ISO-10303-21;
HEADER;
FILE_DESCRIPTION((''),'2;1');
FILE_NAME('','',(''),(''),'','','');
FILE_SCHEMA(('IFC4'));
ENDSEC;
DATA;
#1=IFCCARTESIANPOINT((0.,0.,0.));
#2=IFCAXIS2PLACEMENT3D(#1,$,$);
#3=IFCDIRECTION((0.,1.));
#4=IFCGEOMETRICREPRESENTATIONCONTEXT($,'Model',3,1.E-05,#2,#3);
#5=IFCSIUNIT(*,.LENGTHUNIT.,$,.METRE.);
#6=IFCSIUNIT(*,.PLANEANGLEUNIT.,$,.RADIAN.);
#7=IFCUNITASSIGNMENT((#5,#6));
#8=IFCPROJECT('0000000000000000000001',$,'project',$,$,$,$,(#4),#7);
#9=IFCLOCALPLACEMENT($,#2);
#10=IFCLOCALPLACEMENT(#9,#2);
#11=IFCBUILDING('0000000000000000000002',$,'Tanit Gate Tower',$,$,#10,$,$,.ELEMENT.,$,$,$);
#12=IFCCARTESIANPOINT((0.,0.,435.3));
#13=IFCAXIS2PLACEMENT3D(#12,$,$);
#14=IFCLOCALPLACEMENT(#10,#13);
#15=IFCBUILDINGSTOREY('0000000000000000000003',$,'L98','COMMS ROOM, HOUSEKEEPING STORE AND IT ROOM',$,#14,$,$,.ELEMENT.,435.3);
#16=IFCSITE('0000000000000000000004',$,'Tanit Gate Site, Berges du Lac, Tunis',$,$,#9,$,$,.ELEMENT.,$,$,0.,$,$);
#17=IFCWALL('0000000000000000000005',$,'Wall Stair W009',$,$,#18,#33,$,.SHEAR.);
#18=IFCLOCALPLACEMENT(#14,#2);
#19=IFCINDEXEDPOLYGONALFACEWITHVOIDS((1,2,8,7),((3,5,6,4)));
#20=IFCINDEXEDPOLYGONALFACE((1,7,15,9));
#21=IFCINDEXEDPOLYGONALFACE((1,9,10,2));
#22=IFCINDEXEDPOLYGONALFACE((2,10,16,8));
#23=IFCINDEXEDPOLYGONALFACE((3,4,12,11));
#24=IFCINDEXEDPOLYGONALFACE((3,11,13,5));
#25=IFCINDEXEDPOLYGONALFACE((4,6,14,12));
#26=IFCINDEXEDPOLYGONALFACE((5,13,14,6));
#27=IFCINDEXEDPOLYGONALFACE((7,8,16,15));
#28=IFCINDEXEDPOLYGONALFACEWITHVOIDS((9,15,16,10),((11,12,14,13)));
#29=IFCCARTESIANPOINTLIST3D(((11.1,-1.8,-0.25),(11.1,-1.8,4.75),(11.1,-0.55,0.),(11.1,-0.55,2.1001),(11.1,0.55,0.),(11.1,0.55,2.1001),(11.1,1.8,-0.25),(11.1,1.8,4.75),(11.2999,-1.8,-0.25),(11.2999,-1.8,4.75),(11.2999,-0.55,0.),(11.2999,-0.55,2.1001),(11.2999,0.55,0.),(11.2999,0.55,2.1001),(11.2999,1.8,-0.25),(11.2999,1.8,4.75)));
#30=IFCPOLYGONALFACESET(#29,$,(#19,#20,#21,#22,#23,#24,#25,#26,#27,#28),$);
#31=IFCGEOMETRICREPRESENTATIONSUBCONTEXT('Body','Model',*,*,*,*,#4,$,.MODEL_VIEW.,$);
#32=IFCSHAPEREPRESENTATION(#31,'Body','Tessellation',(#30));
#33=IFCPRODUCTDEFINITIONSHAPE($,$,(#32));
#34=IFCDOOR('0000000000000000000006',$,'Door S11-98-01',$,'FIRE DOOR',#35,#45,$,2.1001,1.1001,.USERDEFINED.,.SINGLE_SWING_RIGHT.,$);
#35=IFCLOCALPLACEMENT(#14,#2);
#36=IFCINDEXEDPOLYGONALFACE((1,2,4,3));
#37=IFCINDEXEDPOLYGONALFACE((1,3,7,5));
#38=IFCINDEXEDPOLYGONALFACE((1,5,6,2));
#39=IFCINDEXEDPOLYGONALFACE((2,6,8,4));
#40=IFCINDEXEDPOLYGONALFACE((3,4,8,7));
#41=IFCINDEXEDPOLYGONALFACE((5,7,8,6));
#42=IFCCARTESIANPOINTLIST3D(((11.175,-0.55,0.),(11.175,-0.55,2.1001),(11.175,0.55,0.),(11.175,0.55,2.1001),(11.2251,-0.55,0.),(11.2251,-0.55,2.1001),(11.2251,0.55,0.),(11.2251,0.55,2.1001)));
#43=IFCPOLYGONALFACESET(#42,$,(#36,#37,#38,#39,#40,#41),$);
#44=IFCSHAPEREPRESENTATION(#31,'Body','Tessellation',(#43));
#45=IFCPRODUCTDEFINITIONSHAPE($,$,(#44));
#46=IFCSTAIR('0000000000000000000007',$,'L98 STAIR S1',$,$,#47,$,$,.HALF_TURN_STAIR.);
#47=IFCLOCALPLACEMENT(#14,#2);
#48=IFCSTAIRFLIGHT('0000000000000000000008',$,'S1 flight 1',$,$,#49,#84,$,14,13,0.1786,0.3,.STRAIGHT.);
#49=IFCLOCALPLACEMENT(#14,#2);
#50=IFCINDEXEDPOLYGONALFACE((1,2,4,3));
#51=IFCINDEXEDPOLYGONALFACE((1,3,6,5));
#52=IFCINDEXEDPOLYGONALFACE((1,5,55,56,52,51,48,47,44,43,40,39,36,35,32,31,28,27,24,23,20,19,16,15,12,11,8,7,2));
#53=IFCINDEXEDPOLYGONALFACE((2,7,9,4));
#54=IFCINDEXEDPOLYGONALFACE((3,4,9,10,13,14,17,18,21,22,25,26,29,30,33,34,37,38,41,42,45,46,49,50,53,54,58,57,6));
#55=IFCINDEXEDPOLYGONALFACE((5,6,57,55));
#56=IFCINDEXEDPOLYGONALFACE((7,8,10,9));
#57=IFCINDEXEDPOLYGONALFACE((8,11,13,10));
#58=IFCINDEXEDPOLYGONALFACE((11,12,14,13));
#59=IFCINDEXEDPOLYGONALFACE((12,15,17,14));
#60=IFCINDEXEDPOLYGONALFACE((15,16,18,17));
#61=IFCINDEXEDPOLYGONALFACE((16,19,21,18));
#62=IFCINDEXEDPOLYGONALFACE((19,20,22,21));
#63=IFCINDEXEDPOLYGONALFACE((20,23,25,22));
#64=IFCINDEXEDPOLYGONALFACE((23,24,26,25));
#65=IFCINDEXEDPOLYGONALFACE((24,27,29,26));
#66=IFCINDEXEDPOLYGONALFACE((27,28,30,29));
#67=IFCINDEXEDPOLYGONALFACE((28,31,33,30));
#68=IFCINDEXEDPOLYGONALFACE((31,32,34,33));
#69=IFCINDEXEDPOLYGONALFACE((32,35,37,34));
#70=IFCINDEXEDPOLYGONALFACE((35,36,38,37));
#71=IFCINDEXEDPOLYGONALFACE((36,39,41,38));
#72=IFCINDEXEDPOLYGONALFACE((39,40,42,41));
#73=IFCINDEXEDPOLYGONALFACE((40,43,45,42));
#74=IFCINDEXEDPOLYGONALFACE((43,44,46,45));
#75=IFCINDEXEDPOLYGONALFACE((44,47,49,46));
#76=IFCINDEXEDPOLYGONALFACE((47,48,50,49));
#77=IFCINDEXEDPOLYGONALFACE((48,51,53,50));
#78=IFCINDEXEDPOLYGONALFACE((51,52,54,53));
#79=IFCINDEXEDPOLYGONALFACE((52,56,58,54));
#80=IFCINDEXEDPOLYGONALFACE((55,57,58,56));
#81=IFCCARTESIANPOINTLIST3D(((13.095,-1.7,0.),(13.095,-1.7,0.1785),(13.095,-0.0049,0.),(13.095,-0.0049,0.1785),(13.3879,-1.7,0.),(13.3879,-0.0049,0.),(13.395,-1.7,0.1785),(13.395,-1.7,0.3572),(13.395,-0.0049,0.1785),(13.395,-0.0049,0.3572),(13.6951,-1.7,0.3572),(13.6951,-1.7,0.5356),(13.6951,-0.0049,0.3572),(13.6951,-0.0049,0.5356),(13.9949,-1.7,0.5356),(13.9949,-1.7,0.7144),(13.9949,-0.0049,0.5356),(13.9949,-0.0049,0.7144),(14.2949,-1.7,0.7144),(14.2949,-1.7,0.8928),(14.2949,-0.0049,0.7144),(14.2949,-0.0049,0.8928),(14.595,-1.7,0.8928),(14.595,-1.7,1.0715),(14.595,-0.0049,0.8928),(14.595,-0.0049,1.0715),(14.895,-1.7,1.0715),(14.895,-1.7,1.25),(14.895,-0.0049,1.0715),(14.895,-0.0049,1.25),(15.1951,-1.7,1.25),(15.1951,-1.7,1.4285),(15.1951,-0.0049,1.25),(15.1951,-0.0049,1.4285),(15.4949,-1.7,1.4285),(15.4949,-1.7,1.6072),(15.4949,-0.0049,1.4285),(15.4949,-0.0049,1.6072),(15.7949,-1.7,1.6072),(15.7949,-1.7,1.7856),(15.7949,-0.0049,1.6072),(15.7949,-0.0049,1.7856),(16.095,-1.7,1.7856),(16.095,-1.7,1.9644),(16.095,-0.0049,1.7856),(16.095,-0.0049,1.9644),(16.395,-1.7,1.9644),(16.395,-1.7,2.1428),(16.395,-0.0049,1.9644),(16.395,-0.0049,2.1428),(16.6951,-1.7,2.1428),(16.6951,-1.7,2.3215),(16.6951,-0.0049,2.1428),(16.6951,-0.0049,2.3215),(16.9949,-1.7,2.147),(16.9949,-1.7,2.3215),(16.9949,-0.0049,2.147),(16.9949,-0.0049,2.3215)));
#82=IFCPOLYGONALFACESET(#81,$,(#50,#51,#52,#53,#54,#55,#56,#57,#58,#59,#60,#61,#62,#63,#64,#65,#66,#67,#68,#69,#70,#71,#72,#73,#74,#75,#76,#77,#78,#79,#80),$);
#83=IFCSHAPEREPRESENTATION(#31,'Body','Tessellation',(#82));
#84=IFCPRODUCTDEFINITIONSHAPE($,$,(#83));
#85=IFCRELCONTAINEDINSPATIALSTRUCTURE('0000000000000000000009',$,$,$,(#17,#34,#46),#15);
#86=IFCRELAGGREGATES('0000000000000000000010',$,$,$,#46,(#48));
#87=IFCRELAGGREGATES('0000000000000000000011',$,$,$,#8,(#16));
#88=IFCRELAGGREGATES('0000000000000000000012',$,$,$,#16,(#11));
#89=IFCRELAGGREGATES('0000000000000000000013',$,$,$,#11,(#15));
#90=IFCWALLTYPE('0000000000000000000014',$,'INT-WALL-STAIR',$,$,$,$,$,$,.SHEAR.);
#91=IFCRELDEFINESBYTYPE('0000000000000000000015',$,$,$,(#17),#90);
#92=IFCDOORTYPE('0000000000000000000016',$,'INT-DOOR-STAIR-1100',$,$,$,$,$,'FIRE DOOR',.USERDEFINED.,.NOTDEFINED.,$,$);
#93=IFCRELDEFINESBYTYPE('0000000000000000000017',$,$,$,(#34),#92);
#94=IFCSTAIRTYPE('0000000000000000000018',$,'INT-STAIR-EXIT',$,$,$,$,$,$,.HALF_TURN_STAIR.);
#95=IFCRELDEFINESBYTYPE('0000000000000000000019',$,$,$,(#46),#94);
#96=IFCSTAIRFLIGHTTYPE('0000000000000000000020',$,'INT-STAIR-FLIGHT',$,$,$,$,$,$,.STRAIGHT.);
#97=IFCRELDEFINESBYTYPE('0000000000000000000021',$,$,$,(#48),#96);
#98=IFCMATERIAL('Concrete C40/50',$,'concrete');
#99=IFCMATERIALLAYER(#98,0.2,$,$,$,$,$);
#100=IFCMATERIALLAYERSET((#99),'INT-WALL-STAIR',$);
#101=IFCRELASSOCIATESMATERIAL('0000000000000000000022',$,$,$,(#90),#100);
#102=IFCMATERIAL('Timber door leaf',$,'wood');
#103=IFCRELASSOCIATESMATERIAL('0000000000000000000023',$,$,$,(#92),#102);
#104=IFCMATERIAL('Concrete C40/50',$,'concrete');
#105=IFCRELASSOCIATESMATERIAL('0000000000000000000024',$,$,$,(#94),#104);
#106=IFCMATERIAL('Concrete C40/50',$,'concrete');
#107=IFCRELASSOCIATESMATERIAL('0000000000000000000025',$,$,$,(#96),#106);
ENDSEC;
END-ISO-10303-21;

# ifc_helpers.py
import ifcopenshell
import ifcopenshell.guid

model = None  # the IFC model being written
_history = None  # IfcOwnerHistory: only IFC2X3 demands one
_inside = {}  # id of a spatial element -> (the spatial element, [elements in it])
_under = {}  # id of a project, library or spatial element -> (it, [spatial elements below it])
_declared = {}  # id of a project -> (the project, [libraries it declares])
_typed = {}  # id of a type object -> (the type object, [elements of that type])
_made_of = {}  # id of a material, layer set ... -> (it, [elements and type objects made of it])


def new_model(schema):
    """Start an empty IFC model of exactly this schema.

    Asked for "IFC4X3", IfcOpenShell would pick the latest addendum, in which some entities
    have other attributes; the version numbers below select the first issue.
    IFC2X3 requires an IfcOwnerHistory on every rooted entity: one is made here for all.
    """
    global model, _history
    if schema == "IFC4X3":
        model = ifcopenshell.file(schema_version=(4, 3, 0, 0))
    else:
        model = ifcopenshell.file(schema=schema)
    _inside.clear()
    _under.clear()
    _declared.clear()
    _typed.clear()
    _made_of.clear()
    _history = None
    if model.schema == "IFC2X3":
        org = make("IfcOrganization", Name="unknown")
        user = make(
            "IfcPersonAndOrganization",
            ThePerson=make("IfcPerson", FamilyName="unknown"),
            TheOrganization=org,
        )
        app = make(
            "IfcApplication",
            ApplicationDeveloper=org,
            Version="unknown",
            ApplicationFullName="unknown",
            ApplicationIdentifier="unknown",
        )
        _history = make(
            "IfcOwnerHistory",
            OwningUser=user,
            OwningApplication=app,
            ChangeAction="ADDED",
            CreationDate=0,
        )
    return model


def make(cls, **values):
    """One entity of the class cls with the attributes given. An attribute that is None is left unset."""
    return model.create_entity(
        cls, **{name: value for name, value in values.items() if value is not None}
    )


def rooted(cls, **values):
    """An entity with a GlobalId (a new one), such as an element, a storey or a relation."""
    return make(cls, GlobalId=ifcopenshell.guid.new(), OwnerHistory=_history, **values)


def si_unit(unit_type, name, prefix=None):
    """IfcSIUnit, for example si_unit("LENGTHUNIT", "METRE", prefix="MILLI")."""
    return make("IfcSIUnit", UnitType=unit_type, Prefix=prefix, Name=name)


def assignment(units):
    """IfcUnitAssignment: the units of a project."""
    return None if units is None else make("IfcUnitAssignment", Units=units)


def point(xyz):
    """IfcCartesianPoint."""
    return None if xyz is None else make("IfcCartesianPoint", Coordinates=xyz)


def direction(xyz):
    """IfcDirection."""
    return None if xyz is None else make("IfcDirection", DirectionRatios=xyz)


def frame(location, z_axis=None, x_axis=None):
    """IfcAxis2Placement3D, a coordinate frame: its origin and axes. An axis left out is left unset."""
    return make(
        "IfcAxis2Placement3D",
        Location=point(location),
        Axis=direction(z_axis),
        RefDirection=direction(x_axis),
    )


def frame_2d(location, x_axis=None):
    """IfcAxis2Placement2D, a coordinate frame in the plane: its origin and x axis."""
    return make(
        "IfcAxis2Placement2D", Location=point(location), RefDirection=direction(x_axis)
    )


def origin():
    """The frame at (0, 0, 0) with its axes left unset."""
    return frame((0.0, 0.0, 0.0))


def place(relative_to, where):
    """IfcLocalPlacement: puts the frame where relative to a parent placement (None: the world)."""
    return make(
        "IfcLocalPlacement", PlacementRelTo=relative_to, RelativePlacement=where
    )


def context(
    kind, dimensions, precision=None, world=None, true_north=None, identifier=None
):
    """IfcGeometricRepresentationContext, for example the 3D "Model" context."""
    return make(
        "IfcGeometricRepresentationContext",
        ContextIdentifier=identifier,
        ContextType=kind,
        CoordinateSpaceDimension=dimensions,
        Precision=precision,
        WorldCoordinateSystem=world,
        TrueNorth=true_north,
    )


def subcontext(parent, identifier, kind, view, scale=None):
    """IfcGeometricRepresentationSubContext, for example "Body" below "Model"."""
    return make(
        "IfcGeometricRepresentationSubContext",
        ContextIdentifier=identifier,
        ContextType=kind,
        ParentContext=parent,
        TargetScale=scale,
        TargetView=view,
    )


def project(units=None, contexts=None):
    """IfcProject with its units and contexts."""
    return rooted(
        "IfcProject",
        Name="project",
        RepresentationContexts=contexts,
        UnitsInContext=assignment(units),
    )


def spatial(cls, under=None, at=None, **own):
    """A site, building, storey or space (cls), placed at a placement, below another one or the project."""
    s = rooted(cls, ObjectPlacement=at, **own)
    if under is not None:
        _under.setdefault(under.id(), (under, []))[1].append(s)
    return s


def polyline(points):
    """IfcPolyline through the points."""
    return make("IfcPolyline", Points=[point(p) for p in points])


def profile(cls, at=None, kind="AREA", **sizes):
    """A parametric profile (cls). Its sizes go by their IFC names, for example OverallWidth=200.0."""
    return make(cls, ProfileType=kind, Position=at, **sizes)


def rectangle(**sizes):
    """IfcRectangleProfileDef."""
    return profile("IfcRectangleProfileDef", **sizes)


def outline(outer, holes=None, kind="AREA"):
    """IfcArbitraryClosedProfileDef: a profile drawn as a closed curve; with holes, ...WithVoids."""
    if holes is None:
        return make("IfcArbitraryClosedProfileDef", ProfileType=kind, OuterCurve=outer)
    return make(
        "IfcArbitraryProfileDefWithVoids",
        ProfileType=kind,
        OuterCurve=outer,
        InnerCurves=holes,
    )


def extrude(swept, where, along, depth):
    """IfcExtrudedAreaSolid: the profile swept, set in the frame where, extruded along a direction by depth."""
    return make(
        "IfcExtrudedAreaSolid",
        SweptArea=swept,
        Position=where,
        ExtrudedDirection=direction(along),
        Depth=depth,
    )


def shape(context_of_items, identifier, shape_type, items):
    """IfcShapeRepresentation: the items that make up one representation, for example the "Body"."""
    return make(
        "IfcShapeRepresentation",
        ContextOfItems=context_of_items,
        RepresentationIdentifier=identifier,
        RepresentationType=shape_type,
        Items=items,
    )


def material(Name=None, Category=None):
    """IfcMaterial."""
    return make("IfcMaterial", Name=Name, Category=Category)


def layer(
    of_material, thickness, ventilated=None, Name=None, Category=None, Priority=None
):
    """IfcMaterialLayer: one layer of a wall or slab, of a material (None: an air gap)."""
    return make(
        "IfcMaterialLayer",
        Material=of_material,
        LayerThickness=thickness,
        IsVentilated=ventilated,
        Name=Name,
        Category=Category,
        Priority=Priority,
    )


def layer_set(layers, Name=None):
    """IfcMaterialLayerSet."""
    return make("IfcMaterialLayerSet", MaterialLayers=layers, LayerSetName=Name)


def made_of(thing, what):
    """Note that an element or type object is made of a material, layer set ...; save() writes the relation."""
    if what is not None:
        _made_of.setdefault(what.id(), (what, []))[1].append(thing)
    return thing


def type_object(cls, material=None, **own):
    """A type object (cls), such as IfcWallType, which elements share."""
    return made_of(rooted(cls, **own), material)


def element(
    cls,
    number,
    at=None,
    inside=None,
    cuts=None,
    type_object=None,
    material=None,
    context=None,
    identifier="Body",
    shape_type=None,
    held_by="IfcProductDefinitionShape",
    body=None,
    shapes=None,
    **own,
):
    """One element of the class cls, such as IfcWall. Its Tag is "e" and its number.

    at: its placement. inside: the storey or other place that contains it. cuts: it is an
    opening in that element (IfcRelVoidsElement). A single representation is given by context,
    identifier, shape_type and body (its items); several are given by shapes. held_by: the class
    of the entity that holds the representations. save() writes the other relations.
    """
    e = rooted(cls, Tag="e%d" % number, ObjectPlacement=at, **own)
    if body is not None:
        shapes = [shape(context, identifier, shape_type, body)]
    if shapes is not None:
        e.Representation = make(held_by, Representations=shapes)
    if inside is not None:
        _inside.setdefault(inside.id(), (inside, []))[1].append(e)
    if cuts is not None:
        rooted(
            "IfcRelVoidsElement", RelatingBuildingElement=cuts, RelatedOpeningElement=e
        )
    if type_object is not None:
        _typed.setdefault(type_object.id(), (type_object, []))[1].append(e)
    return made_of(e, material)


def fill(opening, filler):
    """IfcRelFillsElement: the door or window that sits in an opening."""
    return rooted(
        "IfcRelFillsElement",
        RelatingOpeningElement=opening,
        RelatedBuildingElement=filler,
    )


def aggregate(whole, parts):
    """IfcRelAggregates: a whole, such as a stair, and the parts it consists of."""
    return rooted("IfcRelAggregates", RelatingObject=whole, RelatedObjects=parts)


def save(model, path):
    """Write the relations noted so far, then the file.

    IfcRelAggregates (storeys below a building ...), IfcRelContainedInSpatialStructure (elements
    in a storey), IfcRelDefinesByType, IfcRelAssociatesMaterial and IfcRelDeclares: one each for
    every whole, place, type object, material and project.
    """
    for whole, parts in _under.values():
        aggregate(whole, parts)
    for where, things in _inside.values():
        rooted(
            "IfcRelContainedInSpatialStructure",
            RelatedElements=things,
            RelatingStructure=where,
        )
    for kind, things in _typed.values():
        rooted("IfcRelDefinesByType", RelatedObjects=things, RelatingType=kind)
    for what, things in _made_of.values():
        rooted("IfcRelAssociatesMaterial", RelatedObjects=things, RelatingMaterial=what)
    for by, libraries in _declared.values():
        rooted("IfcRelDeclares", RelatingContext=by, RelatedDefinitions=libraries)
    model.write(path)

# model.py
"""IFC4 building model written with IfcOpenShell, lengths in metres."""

from ifc_helpers import new_model, si_unit, direction, frame, frame_2d, origin, place, context, subcontext, project, spatial, polyline, rectangle, outline, extrude, material, layer, layer_set, type_object, element, fill, aggregate, save


model = new_model("IFC4")

# Units and contexts
model_context = context("Model", 3, precision=1e-05, world=origin(), true_north=direction((0.0, 1.0)))
body_context = subcontext(model_context, "Body", "Model", "MODEL_VIEW")
ifc_project = project(units=[si_unit("LENGTHUNIT", "METRE"), si_unit("PLANEANGLEUNIT", "RADIAN")], contexts=[model_context])

# Site, building, storey
site_placement = place(None, origin())
site = spatial("IfcSite", under=ifc_project, at=site_placement, Name="Tanit Gate Site, Berges du Lac, Tunis", CompositionType="ELEMENT", RefElevation=0.0)
building_placement = place(site_placement, origin())
building = spatial("IfcBuilding", under=site, at=building_placement, Name="Tanit Gate Tower", CompositionType="ELEMENT")
storey_placement = place(building_placement, frame((0.0, 0.0, 435.3)))
storey = spatial("IfcBuildingStorey", under=building, at=storey_placement, Name="L98", Description="COMMS ROOM, HOUSEKEEPING STORE AND IT ROOM", CompositionType="ELEMENT", Elevation=435.3)

# Shared definitions
ifc_material_1 = material(Name="Concrete C40/50", Category="concrete")
ifc_layer_1 = layer(ifc_material_1, 0.2)
ifc_layer_set_1 = layer_set([ifc_layer_1], Name="INT-WALL-STAIR")
wall_type_1 = type_object("IfcWallType", Name="INT-WALL-STAIR", PredefinedType="SHEAR", material=ifc_layer_set_1)

# Wall, opening, door
wall_1_placement = place(storey_placement, frame((11.2, -1.8, -0.25), z_axis=(0.0, 0.0, 1.0), x_axis=(0.0, 1.0, 0.0)))
wall_1 = element("IfcWall", 1, at=wall_1_placement, inside=storey, type_object=wall_type_1, Name="Wall Stair W009", PredefinedType="SHEAR", context=body_context, shape_type="SweptSolid", body=[
    extrude(rectangle(XDim=3.6001, YDim=0.2, at=frame_2d((1.8, 0.0))), origin(), (0.0, 0.0, 1.0), 5.0),
])
opening_1_placement = place(wall_1_placement, frame((1.25, 0.0, 0.25)))
opening_1 = element("IfcOpeningElement", 2, at=opening_1_placement, cuts=wall_1, PredefinedType="OPENING", context=body_context, shape_type="SweptSolid", body=[
    extrude(rectangle(XDim=1.1001, YDim=2.1001, at=frame_2d((0.55, 1.05))), frame((0.0, 0.1099, 0.0), z_axis=(0.0, -1.0, 0.0), x_axis=(1.0, 0.0, 0.0)), (0.0, 0.0, 1.0), 0.22),
])
ifc_material_2 = material(Name="Timber door leaf", Category="wood")
door_type_1 = type_object("IfcDoorType", Name="INT-DOOR-STAIR-1100", ElementType="FIRE DOOR", OperationType="NOTDEFINED", PredefinedType="USERDEFINED", material=ifc_material_2)
door_1_placement = place(opening_1_placement, origin())
door_1 = element("IfcDoor", 3, at=door_1_placement, inside=storey, type_object=door_type_1, Name="Door S11-98-01", ObjectType="FIRE DOOR", OperationType="SINGLE_SWING_RIGHT", OverallHeight=2.1001, OverallWidth=1.1001, PredefinedType="USERDEFINED", context=body_context, shape_type="SweptSolid", body=[
    extrude(rectangle(XDim=1.1001, YDim=2.1001, at=frame_2d((0.55, 1.05))), frame((0.0, 0.0249, 0.0), z_axis=(0.0, -1.0, 0.0), x_axis=(1.0, 0.0, 0.0)), (0.0, 0.0, 1.0), 0.05),
])
fill(opening_1, door_1)

# Stair, stair flight
ifc_material_3 = material(Name="Concrete C40/50", Category="concrete")
stair_type = type_object("IfcStairType", Name="INT-STAIR-EXIT", PredefinedType="HALF_TURN_STAIR", material=ifc_material_3)
stair_placement = place(storey_placement, origin())
stair = element("IfcStair", 4, at=stair_placement, inside=storey, type_object=stair_type, Name="L98 STAIR S1", PredefinedType="HALF_TURN_STAIR")
ifc_material_4 = material(Name="Concrete C40/50", Category="concrete")
stair_flight_type = type_object("IfcStairFlightType", Name="INT-STAIR-FLIGHT", PredefinedType="STRAIGHT", material=ifc_material_4)
stair_flight_placement = place(storey_placement, frame((13.095, -0.8525, 0.0), z_axis=(0.0, 0.0, 1.0), x_axis=(1.0, 0.0, 0.0)))
stair_flight = element("IfcStairFlight", 5, at=stair_flight_placement, type_object=stair_flight_type, Name="S1 flight 1", NumberOfRisers=14, NumberOfTreads=13, PredefinedType="STRAIGHT", RiserHeight=0.1786, TreadLength=0.3, context=body_context, shape_type="SweptSolid", body=[
    extrude(outline(polyline([(0.0, 0.0), (0.0, 0.1785), (0.3, 0.1785), (0.3, 0.3572), (0.6001, 0.3572), (0.6001, 0.5356), (0.8999, 0.5356), (0.8999, 0.7144), (1.2, 0.7144), (1.2, 0.8928), (1.5, 0.8928), (1.5, 1.0715), (1.8, 1.0715), (1.8, 1.25), (2.1001, 1.25), (2.1001, 1.4285), (2.3999, 1.4285), (2.3999, 1.6072), (2.7, 1.6072), (2.7, 1.7856), (3.0, 1.7856), (3.0, 1.9644), (3.3, 1.9644), (3.3, 2.1428), (3.6001, 2.1428), (3.6001, 2.3215), (3.8999, 2.3215), (3.8999, 2.5), (3.8999, 2.147), (0.293, 0.0), (0.0, 0.0)])), frame((0.0, 0.8477, 0.0), z_axis=(0.0, -1.0, 0.0), x_axis=(1.0, 0.0, 0.0)), (0.0, 0.0, 1.0), 1.6951),
])
aggregate(stair, [stair_flight])

save(model, "model.ifc")
